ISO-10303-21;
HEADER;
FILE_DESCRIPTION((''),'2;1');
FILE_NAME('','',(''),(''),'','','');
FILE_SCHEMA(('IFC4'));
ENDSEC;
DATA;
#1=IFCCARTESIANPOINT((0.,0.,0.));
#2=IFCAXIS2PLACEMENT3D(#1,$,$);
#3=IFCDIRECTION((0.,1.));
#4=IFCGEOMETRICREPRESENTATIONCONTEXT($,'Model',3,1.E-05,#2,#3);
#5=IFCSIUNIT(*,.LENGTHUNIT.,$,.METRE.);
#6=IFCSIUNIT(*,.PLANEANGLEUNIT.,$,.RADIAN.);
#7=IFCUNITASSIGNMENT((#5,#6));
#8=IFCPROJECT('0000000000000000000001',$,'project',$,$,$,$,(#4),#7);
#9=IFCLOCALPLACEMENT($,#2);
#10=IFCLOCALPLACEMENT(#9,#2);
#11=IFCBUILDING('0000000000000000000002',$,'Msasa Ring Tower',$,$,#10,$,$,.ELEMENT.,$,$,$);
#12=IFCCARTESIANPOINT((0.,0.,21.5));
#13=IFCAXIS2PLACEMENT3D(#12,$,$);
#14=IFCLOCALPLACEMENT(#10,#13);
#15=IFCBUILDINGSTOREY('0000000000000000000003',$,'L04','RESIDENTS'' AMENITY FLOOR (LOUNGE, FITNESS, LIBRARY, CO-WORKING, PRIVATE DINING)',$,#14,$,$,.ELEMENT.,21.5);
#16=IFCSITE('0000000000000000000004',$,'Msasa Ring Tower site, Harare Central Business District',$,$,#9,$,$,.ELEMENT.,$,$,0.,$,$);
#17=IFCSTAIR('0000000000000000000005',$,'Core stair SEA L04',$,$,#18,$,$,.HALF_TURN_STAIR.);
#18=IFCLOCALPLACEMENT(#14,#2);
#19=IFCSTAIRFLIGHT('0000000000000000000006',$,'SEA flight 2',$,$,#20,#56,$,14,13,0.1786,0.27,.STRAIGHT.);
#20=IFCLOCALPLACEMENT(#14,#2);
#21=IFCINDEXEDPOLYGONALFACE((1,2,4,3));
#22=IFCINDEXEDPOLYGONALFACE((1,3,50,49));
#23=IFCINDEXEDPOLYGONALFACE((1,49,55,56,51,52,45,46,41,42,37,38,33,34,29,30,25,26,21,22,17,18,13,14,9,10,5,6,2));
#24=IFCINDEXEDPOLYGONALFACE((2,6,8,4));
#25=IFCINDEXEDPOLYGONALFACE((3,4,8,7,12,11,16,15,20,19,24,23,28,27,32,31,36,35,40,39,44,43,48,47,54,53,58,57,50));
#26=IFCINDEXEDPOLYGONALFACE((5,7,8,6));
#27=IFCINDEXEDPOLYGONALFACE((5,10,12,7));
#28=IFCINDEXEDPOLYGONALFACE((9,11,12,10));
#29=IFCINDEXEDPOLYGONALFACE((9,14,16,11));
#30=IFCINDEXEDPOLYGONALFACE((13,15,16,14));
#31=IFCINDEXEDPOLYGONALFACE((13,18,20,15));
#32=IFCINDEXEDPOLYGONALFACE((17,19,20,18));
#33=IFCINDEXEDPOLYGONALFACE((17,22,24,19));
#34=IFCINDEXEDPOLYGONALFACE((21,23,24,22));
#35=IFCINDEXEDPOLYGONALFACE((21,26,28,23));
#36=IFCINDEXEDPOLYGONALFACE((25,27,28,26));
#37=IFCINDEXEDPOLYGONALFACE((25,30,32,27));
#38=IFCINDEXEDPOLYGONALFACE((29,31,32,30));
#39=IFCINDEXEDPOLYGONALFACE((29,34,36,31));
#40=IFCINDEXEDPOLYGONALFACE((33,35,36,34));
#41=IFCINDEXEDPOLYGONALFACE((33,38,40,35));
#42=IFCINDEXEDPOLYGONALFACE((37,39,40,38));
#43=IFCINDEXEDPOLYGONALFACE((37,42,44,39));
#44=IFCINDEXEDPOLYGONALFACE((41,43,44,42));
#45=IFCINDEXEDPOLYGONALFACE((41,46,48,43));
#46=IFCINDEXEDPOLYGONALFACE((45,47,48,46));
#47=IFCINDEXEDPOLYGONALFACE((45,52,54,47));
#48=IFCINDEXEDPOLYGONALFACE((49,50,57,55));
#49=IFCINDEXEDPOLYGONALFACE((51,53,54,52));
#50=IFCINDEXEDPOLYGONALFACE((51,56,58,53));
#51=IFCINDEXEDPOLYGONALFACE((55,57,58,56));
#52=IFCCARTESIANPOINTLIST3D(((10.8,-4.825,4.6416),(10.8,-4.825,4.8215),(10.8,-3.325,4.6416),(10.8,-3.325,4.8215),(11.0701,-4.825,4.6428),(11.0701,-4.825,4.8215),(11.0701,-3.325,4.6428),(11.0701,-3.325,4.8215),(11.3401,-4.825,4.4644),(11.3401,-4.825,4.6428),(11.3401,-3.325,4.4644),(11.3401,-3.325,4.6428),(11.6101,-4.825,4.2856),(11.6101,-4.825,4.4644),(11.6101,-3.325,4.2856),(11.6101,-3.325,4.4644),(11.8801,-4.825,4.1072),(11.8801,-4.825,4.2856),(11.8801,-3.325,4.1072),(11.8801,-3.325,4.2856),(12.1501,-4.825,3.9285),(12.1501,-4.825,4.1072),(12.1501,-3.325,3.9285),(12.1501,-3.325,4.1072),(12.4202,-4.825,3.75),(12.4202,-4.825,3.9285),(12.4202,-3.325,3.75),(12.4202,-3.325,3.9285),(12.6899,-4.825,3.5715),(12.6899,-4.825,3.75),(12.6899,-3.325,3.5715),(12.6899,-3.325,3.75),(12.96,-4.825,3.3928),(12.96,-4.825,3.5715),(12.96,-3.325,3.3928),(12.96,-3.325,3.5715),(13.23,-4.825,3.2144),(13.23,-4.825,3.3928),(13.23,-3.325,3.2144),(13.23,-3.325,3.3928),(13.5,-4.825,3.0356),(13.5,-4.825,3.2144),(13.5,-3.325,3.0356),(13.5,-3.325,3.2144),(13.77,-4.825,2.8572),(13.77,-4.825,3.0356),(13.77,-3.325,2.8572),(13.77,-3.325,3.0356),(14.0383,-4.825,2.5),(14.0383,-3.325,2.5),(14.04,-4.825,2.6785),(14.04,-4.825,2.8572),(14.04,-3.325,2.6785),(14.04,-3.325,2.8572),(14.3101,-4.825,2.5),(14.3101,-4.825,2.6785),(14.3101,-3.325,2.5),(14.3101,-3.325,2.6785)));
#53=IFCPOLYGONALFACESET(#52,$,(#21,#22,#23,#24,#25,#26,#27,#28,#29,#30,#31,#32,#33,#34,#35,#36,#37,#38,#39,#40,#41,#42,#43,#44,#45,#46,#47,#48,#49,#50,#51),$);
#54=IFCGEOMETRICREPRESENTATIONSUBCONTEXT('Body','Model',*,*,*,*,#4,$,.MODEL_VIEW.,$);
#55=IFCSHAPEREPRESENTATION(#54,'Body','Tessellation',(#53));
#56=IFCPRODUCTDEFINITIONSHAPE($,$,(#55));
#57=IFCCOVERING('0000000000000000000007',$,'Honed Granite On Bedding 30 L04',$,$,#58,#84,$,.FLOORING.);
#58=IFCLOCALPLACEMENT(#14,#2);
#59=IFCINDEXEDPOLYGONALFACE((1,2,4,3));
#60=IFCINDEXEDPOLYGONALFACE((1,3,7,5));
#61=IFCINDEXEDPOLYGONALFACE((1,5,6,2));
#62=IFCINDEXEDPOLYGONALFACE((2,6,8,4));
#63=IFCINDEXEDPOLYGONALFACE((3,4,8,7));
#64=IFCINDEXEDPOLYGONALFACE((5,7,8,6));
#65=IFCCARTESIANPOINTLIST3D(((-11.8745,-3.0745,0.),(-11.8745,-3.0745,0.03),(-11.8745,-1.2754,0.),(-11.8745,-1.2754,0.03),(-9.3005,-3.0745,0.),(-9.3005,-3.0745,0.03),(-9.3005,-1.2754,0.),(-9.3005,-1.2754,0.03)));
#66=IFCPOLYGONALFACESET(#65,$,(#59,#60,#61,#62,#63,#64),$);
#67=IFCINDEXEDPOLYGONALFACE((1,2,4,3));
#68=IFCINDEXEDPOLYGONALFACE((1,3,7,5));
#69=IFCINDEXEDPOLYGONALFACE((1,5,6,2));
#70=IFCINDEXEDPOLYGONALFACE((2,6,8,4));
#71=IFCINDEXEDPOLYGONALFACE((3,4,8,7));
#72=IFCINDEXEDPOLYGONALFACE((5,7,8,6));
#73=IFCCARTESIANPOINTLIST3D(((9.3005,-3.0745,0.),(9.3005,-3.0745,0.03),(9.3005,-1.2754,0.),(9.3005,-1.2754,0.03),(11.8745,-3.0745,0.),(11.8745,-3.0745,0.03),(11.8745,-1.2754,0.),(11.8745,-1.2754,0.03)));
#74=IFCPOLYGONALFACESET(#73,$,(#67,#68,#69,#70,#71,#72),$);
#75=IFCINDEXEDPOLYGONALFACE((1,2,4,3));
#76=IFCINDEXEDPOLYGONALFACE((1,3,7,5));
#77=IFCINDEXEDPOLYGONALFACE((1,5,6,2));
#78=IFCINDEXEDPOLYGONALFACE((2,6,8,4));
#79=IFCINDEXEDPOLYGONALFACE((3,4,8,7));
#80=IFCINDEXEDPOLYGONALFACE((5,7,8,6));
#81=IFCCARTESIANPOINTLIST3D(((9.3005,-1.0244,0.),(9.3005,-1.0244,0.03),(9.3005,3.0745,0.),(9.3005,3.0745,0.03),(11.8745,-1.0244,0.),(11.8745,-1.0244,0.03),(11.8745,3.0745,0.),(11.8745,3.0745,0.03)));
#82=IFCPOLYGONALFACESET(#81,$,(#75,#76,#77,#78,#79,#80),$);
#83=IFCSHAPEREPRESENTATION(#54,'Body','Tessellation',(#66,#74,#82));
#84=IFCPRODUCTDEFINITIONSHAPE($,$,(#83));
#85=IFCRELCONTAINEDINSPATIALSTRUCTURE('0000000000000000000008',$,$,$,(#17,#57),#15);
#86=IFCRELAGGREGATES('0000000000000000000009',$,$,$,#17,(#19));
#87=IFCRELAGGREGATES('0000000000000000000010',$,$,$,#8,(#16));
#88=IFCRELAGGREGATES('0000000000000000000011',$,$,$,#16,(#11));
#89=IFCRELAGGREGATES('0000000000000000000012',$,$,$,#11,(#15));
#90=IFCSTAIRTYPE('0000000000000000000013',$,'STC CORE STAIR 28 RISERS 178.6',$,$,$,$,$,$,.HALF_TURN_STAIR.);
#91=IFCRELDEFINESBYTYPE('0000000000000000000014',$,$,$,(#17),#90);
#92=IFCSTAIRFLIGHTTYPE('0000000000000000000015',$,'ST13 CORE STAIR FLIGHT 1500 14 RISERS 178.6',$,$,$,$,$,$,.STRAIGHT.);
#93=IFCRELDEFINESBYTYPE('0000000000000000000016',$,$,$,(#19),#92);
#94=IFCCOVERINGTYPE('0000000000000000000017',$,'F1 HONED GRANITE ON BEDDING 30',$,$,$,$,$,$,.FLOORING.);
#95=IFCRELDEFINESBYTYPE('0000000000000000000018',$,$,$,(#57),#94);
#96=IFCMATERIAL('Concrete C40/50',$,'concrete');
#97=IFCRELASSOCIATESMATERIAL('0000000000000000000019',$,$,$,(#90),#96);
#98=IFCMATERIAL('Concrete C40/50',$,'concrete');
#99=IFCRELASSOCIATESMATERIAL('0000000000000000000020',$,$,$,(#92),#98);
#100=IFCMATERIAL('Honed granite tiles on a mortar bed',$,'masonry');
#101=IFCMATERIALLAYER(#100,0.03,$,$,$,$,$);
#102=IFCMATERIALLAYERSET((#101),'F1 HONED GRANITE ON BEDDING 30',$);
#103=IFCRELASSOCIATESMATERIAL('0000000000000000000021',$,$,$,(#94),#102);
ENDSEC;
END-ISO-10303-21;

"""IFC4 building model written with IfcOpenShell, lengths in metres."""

from ifc_helpers import new_model, si_unit, direction, frame, origin, place, context, subcontext, project, spatial, polyline, line, indexed_curve, outline, extrude, material, layer, layer_set, type_object, element, aggregate, save


model = new_model("IFC4")

# Units and contexts
model_context = context("Model", 3, precision=1e-05, world=origin(), true_north=direction((0.0, 1.0)))
body_context = subcontext(model_context, "Body", "Model", "MODEL_VIEW")
ifc_project = project(units=[si_unit("LENGTHUNIT", "METRE"), si_unit("PLANEANGLEUNIT", "RADIAN")], contexts=[model_context])

# Site, building, storey
site_placement = place(None, origin())
site = spatial("IfcSite", under=ifc_project, at=site_placement, Name="Msasa Ring Tower site, Harare Central Business District", CompositionType="ELEMENT", RefElevation=0.0)
building_placement = place(site_placement, origin())
building = spatial("IfcBuilding", under=site, at=building_placement, Name="Msasa Ring Tower", CompositionType="ELEMENT")
storey_placement = place(building_placement, frame((0.0, 0.0, 21.5)))
storey = spatial("IfcBuildingStorey", under=building, at=storey_placement, Name="L04", Description="RESIDENTS' AMENITY FLOOR (LOUNGE, FITNESS, LIBRARY, CO-WORKING, PRIVATE DINING)", CompositionType="ELEMENT", Elevation=21.5)

# Stair, stair flight
ifc_material_1 = material(Name="Concrete C40/50", Category="concrete")
stair_type = type_object("IfcStairType", Name="STC CORE STAIR 28 RISERS 178.6", PredefinedType="HALF_TURN_STAIR", material=ifc_material_1)
stair_placement = place(storey_placement, origin())
stair = element("IfcStair", 1, at=stair_placement, inside=storey, type_object=stair_type, Name="Core stair SEA L04", PredefinedType="HALF_TURN_STAIR")
ifc_material_2 = material(Name="Concrete C40/50", Category="concrete")
stair_flight_type = type_object("IfcStairFlightType", Name="ST13 CORE STAIR FLIGHT 1500 14 RISERS 178.6", PredefinedType="STRAIGHT", material=ifc_material_2)
stair_flight_1_placement = place(storey_placement, frame((14.3101, -4.075, 2.5), z_axis=(0.0, 0.0, 1.0), x_axis=(-1.0, 0.0, 0.0)))
stair_flight_1 = element("IfcStairFlight", 2, at=stair_flight_1_placement, type_object=stair_flight_type, Name="SEA flight 2", NumberOfRisers=14, NumberOfTreads=13, PredefinedType="STRAIGHT", RiserHeight=0.1786, TreadLength=0.27, context=body_context, shape_type="SweptSolid", body=[
    extrude(outline(polyline([(0.0, 0.0), (0.0, 0.1785), (0.27, 0.1785), (0.27, 0.3572), (0.54, 0.3572), (0.54, 0.5356), (0.8101, 0.5356), (0.8101, 0.7144), (1.0801, 0.7144), (1.0801, 0.8928), (1.3501, 0.8928), (1.3501, 1.0715), (1.6201, 1.0715), (1.6201, 1.25), (1.8899, 1.25), (1.8899, 1.4285), (2.1599, 1.4285), (2.1599, 1.6072), (2.4299, 1.6072), (2.4299, 1.7856), (2.7, 1.7856), (2.7, 1.9644), (2.97, 1.9644), (2.97, 2.1428), (3.24, 2.1428), (3.24, 2.3215), (3.51, 2.3215), (3.51, 2.5), (3.51, 2.1416), (0.2717, 0.0), (0.0, 0.0)])), frame((0.0, 0.75, 0.0), z_axis=(0.0, -1.0, 0.0), x_axis=(1.0, 0.0, 0.0)), (0.0, 0.0, 1.0), 1.5),
])
aggregate(stair, [stair_flight_1])

# Covering
ifc_material_3 = material(Name="Honed granite tiles on a mortar bed", Category="masonry")
ifc_layer_1 = layer(ifc_material_3, 0.03)
ifc_layer_set_1 = layer_set([ifc_layer_1], Name="F1 HONED GRANITE ON BEDDING 30")
covering_type_1 = type_object("IfcCoveringType", Name="F1 HONED GRANITE ON BEDDING 30", PredefinedType="FLOORING", material=ifc_layer_set_1)
covering_1_placement = place(storey_placement, origin())
element("IfcCovering", 3, at=covering_1_placement, inside=storey, type_object=covering_type_1, Name="Honed Granite On Bedding 30 L04", PredefinedType="FLOORING", context=body_context, shape_type="SweptSolid", body=[
    extrude(outline(indexed_curve([(-9.3005, -3.0745), (-11.8745, -3.0745), (-11.8745, -1.2754), (-9.3005, -1.2754)], segments=[line(1, 2, 3, 4, 1)], self_intersect=False)), origin(), (0.0, 0.0, 1.0), 0.03),
    extrude(outline(indexed_curve([(9.3005, -3.0745), (9.3005, -1.2754), (11.8745, -1.2754), (11.8745, -3.0745)], segments=[line(1, 2, 3, 4, 1)], self_intersect=False)), origin(), (0.0, 0.0, 1.0), 0.03),
    extrude(outline(indexed_curve([(9.3005, -1.0244), (9.3005, 3.0745), (11.8745, 3.0745), (11.8745, -1.0244)], segments=[line(1, 2, 3, 4, 1)], self_intersect=False)), origin(), (0.0, 0.0, 1.0), 0.03),
])

save(model, "model.ifc")
